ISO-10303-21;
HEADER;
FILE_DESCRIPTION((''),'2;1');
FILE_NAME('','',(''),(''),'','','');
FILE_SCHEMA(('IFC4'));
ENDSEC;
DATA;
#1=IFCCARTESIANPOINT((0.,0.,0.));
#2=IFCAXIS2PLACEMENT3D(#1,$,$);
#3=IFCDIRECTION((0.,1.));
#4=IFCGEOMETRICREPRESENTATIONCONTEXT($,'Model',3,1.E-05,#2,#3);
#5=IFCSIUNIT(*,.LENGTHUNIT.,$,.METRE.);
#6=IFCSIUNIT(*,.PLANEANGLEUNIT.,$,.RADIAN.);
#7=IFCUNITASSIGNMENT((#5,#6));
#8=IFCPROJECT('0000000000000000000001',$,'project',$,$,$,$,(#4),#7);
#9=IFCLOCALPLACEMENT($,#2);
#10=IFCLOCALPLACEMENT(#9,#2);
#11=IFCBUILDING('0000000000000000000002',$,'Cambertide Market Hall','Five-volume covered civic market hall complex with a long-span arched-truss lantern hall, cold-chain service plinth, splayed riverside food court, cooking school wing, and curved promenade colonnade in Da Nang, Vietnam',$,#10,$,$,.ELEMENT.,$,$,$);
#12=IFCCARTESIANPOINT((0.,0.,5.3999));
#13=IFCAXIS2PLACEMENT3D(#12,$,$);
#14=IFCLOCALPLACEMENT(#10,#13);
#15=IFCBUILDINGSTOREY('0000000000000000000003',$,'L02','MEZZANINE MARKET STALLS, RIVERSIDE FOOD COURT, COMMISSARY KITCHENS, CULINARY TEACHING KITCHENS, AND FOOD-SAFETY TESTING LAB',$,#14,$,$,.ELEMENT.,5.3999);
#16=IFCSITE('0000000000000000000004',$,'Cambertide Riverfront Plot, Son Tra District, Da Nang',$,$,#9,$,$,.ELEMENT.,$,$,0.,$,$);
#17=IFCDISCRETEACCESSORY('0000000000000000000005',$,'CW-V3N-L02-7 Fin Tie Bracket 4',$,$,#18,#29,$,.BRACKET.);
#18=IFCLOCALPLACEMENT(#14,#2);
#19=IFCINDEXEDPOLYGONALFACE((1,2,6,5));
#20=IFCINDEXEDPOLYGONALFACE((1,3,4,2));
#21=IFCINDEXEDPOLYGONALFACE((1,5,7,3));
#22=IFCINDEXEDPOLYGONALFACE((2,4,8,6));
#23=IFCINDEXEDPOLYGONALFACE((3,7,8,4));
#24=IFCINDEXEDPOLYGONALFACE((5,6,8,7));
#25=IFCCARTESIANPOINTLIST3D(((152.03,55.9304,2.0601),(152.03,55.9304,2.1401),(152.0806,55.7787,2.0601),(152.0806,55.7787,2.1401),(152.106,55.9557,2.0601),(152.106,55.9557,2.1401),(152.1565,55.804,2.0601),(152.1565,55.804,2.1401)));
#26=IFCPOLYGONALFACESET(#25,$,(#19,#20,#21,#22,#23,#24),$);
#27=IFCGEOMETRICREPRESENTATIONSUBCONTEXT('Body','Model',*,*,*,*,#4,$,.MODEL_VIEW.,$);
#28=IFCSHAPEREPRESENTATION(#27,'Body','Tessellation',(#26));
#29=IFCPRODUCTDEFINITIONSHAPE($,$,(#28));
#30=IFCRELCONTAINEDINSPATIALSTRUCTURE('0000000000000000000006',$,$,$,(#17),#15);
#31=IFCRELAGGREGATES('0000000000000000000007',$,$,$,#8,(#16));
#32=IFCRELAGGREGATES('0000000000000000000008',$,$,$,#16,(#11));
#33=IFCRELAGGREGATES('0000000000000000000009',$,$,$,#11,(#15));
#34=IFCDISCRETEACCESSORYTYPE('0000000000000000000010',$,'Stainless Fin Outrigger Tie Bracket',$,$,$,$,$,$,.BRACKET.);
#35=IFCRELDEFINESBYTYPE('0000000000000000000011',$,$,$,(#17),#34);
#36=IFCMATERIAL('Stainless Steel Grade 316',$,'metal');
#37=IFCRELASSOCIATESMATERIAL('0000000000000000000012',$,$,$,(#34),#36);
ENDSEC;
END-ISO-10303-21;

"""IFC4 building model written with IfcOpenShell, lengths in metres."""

from ifc_helpers import new_model, si_unit, direction, frame, origin, origin_2d, place, context, subcontext, project, spatial, rectangle, extrude, material, type_object, element, save


model = new_model("IFC4")

# Units and contexts
model_context = context("Model", 3, precision=1e-05, world=origin(), true_north=direction((0.0, 1.0)))
body_context = subcontext(model_context, "Body", "Model", "MODEL_VIEW")
ifc_project = project(units=[si_unit("LENGTHUNIT", "METRE"), si_unit("PLANEANGLEUNIT", "RADIAN")], contexts=[model_context])

# Site, building, storey
site_placement = place(None, origin())
site = spatial("IfcSite", under=ifc_project, at=site_placement, Name="Cambertide Riverfront Plot, Son Tra District, Da Nang", CompositionType="ELEMENT", RefElevation=0.0)
building_placement = place(site_placement, origin())
building = spatial("IfcBuilding", under=site, at=building_placement, Name="Cambertide Market Hall", Description="Five-volume covered civic market hall complex with a long-span arched-truss lantern hall, cold-chain service plinth, splayed riverside food court, cooking school wing, and curved promenade colonnade in Da Nang, Vietnam", CompositionType="ELEMENT")
storey_placement = place(building_placement, frame((0.0, 0.0, 5.3999)))
storey = spatial("IfcBuildingStorey", under=building, at=storey_placement, Name="L02", Description="MEZZANINE MARKET STALLS, RIVERSIDE FOOD COURT, COMMISSARY KITCHENS, CULINARY TEACHING KITCHENS, AND FOOD-SAFETY TESTING LAB", CompositionType="ELEMENT", Elevation=5.3999)

# Discrete accessory
ifc_material_1 = material(Name="Stainless Steel Grade 316", Category="metal")
discrete_accessory_type = type_object("IfcDiscreteAccessoryType", Name="Stainless Fin Outrigger Tie Bracket", PredefinedType="BRACKET", material=ifc_material_1)
for number, where, z_axis, x_axis, name in (
    (1, (152.0933, 55.8672, 2.0601), (0.0, 0.0, 1.0), (0.948683, 0.316228, 0.0), "CW-V3N-L02-7 Fin Tie Bracket 4"),
):
    element("IfcDiscreteAccessory", number, at=place(storey_placement, frame(where, z_axis=z_axis, x_axis=x_axis)), inside=storey, type_object=discrete_accessory_type, Name=name, PredefinedType="BRACKET", context=body_context, shape_type="SweptSolid", body=[
        extrude(rectangle(XDim=0.0801, YDim=0.1599, at=origin_2d()), origin(), (0.0, 0.0, 1.0), 0.0801),
    ])

save(model, "model.ifc")
